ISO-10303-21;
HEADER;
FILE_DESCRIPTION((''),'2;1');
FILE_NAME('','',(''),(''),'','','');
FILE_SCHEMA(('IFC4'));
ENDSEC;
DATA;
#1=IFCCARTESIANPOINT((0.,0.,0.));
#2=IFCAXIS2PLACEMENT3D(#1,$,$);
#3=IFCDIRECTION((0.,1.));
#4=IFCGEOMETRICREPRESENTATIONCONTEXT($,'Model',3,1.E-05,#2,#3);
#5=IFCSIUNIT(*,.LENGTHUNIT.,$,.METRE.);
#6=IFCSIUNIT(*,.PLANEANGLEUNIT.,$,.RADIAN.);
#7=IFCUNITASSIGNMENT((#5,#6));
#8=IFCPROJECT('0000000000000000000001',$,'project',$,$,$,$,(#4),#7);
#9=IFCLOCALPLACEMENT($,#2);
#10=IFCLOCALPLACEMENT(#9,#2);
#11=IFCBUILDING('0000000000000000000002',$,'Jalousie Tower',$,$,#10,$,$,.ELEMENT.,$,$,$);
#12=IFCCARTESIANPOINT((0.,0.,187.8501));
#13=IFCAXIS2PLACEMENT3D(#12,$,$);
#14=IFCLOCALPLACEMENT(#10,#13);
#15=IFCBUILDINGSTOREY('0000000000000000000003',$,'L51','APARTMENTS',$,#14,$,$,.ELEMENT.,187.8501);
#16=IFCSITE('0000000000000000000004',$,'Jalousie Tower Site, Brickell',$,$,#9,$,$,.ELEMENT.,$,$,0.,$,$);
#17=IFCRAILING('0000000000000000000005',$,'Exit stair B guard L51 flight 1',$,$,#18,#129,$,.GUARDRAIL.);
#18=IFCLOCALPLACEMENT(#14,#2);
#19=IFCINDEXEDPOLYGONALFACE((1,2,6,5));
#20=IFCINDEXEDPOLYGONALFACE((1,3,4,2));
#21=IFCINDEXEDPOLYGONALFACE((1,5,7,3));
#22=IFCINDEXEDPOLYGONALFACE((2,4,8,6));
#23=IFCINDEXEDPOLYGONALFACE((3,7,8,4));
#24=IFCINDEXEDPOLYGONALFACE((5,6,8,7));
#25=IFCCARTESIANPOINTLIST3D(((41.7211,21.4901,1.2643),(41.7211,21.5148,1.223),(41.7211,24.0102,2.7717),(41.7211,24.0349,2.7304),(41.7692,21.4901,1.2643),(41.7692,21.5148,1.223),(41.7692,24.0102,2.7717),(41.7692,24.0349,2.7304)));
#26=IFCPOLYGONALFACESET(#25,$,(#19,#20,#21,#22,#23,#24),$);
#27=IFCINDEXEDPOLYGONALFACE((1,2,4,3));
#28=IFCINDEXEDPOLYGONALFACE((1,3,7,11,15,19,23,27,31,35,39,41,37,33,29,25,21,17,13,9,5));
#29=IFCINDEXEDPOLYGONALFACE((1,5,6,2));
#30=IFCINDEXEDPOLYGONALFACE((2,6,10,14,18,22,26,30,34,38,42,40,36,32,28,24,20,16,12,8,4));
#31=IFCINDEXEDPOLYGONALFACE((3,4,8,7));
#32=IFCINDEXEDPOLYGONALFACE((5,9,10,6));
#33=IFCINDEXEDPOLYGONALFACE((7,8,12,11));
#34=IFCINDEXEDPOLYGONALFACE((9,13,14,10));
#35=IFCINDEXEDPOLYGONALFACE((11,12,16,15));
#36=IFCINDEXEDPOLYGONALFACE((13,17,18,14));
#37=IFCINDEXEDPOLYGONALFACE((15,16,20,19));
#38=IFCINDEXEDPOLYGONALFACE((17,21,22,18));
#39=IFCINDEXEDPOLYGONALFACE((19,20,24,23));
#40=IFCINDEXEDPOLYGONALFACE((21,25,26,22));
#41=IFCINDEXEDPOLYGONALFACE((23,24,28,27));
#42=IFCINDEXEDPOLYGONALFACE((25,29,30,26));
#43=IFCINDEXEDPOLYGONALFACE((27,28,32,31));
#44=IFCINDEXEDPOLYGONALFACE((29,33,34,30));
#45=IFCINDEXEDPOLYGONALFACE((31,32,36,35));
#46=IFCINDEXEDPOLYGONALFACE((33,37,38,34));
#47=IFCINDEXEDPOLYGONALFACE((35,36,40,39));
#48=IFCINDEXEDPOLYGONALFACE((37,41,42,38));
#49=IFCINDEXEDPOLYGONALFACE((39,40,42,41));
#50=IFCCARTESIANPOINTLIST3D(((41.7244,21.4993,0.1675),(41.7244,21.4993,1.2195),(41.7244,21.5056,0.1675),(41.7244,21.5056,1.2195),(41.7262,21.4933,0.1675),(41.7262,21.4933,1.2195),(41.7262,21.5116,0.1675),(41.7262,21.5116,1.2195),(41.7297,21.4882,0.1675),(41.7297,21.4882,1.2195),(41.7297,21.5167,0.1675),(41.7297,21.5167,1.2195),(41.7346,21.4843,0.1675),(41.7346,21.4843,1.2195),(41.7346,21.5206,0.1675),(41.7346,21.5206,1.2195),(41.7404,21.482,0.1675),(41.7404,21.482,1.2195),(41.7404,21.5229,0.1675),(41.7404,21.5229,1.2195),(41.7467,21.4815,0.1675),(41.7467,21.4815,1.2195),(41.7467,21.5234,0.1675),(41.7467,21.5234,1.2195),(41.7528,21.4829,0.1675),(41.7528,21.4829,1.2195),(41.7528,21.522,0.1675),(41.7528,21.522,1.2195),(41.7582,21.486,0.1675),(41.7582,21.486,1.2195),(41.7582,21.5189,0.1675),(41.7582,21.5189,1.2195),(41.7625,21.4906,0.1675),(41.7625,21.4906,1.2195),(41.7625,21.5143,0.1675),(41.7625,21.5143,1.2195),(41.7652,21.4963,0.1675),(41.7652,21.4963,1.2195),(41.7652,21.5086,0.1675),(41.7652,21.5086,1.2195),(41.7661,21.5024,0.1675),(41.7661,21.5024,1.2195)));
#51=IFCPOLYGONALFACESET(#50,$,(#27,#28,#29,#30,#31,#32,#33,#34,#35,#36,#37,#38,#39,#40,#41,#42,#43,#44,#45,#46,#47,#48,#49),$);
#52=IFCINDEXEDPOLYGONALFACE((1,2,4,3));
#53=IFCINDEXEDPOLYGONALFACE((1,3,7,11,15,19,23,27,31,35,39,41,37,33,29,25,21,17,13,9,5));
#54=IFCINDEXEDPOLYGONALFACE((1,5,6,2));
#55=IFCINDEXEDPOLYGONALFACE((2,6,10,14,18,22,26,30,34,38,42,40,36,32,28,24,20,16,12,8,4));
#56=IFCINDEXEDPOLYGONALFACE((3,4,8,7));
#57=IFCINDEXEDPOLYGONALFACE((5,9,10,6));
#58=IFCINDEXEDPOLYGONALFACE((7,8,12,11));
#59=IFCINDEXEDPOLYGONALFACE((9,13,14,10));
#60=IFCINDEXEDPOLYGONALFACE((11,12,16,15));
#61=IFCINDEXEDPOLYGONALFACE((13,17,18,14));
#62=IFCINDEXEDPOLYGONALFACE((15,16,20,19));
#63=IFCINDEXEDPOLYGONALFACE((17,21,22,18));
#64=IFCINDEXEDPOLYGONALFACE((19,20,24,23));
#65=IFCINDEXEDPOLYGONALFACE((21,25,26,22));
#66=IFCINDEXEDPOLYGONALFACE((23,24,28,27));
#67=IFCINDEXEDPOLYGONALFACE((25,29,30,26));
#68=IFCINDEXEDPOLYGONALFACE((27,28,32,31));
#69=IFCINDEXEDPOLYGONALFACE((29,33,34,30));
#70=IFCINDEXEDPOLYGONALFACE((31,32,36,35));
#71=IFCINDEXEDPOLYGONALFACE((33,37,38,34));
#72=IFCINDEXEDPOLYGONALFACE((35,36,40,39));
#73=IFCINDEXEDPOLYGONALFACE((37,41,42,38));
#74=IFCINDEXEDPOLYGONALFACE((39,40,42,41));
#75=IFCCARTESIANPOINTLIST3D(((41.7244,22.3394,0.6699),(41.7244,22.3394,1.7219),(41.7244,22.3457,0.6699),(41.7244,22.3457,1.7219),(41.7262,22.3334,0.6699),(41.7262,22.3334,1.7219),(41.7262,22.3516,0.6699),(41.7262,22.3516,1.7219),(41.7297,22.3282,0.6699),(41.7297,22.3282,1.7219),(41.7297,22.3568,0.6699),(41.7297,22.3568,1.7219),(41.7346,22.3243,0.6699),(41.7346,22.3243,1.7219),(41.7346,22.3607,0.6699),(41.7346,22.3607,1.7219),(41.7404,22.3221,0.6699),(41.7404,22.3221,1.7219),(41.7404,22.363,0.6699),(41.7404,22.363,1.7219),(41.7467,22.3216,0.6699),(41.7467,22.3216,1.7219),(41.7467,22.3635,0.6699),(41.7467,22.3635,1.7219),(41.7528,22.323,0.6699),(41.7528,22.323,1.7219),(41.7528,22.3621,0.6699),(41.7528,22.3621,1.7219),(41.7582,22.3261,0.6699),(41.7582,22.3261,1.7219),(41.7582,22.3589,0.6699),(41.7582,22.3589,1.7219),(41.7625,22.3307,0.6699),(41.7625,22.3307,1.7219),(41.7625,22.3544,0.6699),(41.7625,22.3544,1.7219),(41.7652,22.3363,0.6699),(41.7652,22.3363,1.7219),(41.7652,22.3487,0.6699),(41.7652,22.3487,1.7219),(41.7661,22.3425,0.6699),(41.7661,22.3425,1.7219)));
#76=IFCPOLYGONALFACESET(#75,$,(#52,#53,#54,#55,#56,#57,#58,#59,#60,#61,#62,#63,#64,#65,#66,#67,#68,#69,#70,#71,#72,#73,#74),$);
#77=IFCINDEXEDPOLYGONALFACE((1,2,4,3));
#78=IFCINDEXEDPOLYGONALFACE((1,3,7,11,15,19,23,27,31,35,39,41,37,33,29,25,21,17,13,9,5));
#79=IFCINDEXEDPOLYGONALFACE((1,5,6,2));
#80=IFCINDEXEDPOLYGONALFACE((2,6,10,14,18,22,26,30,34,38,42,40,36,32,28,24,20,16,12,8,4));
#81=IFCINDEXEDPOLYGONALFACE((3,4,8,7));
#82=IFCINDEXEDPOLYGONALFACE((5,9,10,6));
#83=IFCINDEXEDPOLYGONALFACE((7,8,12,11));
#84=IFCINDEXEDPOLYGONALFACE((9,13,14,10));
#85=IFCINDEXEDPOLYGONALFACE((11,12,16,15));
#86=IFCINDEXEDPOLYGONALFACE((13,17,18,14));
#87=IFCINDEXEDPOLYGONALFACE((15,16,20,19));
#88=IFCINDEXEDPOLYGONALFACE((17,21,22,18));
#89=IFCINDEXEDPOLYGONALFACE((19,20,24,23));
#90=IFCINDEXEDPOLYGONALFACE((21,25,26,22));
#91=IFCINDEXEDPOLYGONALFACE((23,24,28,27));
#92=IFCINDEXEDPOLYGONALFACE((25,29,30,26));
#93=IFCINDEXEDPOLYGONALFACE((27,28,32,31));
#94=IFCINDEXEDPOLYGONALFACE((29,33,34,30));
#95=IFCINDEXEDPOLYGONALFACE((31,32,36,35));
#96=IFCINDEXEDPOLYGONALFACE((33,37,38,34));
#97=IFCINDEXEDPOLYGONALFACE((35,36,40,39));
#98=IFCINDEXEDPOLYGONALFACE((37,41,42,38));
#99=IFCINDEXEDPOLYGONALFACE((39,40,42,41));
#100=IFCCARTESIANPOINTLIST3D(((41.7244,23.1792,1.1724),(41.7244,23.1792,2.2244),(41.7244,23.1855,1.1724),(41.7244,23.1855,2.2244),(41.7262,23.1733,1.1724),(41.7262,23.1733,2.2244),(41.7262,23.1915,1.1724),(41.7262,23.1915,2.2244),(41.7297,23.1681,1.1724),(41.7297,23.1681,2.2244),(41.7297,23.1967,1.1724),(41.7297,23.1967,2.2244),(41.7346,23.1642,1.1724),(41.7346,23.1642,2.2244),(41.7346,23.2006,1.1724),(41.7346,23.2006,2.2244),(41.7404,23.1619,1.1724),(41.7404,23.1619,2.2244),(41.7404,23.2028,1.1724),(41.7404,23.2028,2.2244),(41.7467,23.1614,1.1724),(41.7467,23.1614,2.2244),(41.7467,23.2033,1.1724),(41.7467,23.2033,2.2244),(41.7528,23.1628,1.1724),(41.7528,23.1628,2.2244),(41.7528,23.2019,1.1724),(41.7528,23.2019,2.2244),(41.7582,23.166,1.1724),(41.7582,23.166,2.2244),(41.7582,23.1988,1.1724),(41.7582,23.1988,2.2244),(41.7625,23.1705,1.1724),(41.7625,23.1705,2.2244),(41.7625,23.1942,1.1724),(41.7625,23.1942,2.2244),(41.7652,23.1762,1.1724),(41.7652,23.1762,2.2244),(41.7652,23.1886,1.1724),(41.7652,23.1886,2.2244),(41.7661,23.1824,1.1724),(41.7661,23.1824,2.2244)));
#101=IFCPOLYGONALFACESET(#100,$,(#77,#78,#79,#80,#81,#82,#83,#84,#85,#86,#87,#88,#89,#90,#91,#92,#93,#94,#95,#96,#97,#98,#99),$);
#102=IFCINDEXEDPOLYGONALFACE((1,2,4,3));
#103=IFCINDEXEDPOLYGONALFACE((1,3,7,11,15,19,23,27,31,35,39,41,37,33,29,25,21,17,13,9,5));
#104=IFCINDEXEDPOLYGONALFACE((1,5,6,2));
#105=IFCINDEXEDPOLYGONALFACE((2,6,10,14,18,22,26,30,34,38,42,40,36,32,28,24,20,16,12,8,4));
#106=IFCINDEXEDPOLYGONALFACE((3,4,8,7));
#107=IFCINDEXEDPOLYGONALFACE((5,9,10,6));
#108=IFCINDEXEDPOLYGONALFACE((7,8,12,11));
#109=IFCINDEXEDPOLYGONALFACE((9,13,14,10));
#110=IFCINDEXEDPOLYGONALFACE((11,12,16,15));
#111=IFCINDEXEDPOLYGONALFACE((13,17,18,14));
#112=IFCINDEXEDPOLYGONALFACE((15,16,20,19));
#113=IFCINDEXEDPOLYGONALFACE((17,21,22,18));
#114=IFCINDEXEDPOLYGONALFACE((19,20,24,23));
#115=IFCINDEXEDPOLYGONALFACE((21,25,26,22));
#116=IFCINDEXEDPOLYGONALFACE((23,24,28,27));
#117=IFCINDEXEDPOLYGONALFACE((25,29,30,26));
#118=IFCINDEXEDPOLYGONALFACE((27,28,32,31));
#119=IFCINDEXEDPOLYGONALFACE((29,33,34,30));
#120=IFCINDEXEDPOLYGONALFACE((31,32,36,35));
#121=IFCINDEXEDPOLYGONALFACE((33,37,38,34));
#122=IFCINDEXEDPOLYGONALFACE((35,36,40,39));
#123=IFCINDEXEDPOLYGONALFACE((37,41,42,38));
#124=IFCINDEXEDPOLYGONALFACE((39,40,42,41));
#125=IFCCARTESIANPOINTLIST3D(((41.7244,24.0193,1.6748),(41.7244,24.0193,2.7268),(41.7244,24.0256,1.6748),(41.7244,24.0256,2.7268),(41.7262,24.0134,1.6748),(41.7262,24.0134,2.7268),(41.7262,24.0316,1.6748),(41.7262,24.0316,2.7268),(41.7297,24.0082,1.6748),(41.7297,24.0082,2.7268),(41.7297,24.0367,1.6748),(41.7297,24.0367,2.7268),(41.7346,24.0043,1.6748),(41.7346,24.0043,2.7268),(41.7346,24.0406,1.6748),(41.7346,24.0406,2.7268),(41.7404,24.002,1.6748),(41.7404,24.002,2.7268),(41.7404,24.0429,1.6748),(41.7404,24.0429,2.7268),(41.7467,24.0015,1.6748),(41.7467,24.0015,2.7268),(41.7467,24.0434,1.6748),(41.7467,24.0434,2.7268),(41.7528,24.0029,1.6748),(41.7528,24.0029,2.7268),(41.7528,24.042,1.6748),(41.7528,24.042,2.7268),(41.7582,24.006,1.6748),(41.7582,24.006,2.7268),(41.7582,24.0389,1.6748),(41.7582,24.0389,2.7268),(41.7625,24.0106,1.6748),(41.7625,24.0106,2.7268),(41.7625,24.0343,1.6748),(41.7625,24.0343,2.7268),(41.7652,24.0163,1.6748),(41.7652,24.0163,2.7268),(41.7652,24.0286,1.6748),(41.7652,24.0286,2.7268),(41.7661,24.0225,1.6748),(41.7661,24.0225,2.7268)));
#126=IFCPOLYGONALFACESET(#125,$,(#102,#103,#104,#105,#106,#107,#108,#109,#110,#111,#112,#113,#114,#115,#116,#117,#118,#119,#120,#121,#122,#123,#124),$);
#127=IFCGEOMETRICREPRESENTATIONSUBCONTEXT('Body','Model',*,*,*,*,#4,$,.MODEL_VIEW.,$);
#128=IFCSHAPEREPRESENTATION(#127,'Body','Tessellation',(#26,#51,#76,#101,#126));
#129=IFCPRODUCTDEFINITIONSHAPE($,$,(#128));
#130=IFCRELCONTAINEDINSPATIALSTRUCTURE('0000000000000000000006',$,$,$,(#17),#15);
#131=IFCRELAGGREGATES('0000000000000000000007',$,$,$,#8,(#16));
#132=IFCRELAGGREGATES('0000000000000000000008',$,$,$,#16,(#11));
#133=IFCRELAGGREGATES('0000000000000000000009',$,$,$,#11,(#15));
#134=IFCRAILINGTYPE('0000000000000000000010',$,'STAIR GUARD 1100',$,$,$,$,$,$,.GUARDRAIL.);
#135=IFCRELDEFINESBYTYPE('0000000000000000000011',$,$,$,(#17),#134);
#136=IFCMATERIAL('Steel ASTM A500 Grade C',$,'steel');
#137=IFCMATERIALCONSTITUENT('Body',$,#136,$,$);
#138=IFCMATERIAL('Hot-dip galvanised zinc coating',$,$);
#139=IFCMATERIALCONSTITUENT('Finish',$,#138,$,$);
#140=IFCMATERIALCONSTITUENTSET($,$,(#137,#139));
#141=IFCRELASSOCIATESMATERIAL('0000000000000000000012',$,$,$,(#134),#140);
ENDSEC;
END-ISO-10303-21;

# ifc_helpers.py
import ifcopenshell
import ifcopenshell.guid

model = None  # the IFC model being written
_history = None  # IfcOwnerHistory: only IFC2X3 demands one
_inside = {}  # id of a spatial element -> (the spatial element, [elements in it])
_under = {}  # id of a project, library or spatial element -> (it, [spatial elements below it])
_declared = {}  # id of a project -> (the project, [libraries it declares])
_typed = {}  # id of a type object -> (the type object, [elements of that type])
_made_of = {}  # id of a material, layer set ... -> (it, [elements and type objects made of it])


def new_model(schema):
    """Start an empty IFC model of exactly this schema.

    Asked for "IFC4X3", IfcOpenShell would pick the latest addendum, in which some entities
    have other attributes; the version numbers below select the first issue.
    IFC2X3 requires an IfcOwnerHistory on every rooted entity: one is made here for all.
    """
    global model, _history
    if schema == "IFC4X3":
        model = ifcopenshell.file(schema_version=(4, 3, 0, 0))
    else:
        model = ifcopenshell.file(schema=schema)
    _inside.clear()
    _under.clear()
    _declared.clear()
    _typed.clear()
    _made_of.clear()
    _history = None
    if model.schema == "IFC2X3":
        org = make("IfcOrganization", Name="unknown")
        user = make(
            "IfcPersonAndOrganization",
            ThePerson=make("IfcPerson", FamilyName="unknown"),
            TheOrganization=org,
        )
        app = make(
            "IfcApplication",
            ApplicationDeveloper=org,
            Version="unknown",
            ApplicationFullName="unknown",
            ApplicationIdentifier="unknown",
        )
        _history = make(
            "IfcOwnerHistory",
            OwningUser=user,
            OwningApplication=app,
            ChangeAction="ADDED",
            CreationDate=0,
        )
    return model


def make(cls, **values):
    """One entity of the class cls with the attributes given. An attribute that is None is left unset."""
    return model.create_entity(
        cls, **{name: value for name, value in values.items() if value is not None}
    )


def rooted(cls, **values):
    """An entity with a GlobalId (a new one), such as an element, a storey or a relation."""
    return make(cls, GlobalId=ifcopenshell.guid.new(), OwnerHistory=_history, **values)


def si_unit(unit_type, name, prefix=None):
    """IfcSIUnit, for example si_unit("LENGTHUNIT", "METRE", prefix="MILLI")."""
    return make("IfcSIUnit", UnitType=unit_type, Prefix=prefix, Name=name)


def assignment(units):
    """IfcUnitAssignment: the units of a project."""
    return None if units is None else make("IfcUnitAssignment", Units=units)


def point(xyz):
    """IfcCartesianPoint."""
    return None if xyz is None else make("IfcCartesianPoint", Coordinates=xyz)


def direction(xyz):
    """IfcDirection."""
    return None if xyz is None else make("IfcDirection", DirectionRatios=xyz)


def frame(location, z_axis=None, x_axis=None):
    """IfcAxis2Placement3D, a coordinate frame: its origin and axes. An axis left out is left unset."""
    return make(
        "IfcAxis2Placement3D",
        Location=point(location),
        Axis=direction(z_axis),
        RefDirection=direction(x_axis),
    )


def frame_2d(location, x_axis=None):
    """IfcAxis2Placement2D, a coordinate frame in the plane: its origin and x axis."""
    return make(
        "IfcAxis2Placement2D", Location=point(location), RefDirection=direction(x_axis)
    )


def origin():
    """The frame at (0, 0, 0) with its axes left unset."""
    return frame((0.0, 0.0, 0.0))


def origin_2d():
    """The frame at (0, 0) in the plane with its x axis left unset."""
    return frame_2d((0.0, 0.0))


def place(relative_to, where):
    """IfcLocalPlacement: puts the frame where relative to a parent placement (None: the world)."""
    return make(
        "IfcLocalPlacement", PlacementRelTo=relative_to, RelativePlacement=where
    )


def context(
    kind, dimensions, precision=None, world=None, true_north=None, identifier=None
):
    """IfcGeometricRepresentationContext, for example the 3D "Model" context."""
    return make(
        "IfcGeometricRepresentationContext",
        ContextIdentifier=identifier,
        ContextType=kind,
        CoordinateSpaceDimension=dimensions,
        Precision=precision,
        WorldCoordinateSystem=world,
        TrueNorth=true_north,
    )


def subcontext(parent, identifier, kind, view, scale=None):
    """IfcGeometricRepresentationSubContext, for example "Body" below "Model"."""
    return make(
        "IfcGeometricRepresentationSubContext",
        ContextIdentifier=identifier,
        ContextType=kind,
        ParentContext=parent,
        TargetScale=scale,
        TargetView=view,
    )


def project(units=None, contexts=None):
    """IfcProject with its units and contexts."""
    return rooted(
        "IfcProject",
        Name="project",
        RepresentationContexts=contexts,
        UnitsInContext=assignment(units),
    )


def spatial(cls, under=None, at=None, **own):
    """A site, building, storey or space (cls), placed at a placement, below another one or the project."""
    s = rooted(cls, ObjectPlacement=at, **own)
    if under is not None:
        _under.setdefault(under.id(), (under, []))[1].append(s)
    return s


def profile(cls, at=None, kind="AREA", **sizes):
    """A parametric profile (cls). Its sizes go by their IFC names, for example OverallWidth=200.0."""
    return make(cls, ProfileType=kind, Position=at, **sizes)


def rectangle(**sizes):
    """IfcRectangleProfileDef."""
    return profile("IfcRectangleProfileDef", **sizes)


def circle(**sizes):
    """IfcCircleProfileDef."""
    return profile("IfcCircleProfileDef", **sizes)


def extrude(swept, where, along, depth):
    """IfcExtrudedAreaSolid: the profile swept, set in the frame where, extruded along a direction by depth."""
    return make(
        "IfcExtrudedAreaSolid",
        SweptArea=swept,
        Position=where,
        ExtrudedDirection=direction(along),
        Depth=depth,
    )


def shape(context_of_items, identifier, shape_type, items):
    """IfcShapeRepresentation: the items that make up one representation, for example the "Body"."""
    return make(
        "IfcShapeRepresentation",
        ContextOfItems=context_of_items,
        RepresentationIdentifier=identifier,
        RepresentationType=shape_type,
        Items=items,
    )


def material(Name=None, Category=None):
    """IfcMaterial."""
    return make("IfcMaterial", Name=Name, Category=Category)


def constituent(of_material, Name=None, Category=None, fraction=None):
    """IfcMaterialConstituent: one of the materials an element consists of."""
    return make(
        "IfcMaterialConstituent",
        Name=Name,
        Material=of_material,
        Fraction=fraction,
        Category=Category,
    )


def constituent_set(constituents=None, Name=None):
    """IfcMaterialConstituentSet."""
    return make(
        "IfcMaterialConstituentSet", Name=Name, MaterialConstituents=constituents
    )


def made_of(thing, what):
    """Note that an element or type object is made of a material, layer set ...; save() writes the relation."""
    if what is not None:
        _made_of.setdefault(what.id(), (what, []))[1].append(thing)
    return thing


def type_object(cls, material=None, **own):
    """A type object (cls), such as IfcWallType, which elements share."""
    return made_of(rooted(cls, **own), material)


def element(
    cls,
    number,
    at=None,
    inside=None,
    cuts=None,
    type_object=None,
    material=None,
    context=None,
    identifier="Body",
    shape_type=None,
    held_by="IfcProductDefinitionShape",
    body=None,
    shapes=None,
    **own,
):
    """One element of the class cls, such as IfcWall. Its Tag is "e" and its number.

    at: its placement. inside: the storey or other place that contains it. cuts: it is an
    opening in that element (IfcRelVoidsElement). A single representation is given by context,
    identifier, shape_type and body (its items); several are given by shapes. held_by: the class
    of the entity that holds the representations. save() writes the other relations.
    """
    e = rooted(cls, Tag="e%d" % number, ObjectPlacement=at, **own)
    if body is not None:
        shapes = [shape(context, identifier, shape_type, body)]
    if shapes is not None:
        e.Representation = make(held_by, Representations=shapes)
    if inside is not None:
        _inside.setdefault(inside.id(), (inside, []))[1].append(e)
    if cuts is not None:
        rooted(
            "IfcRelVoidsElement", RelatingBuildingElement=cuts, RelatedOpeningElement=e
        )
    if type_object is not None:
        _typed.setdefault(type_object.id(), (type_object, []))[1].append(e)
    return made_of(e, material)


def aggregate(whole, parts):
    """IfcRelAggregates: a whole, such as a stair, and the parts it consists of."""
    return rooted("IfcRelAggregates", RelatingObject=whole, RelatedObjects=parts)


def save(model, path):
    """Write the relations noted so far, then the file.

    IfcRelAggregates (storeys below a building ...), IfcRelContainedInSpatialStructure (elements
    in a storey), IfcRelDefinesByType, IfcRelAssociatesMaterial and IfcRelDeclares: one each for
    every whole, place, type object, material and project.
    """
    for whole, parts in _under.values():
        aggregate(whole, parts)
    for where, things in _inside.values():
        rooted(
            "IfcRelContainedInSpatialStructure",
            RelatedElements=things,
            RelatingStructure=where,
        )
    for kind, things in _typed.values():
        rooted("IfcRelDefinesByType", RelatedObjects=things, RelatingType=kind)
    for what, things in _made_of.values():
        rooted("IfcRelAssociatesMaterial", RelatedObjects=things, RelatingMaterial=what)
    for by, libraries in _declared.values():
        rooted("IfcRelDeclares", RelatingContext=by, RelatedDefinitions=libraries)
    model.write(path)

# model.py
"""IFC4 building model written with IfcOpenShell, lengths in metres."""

from ifc_helpers import new_model, si_unit, direction, frame, origin, origin_2d, place, context, subcontext, project, spatial, rectangle, circle, extrude, material, constituent, constituent_set, type_object, element, save


model = new_model("IFC4")

# Units and contexts
model_context = context("Model", 3, precision=1e-05, world=origin(), true_north=direction((0.0, 1.0)))
body_context = subcontext(model_context, "Body", "Model", "MODEL_VIEW")
ifc_project = project(units=[si_unit("LENGTHUNIT", "METRE"), si_unit("PLANEANGLEUNIT", "RADIAN")], contexts=[model_context])

# Site, building, storey
site_placement = place(None, origin())
site = spatial("IfcSite", under=ifc_project, at=site_placement, Name="Jalousie Tower Site, Brickell", CompositionType="ELEMENT", RefElevation=0.0)
building_placement = place(site_placement, origin())
building = spatial("IfcBuilding", under=site, at=building_placement, Name="Jalousie Tower", CompositionType="ELEMENT")
storey_placement = place(building_placement, frame((0.0, 0.0, 187.8501)))
storey = spatial("IfcBuildingStorey", under=building, at=storey_placement, Name="L51", Description="APARTMENTS", CompositionType="ELEMENT", Elevation=187.8501)

# Railing
ifc_material_1 = material(Name="Steel ASTM A500 Grade C", Category="steel")
ifc_constituent_1 = constituent(ifc_material_1, Name="Body")
ifc_material_2 = material(Name="Hot-dip galvanised zinc coating")
ifc_constituent_2 = constituent(ifc_material_2, Name="Finish")
ifc_constituent_set_1 = constituent_set(constituents=[ifc_constituent_1, ifc_constituent_2])
railing_type_1 = type_object("IfcRailingType", Name="STAIR GUARD 1100", PredefinedType="GUARDRAIL", material=ifc_constituent_set_1)
railing_1_placement = place(storey_placement, frame((41.7451, 21.5024, 0.1675)))
element("IfcRailing", 1, at=railing_1_placement, inside=storey, type_object=railing_type_1, Name="Exit stair B guard L51 flight 1", PredefinedType="GUARDRAIL", context=body_context, shape_type="SweptSolid", body=[
    extrude(rectangle(XDim=0.0481, YDim=0.0481, at=origin_2d()), frame((0.0, 0.0, 1.0762), z_axis=(0.0, 0.858196, 0.513321), x_axis=(-1.0, 0.0, 0.0)), (0.0, 0.0, 1.0), 2.9365),
    extrude(circle(Radius=0.021, at=origin_2d()), origin(), (0.0, 0.0, 1.0), 1.052),
    extrude(circle(Radius=0.021, at=origin_2d()), frame((0.0, 0.8401, 0.5024)), (0.0, 0.0, 1.0), 1.052),
    extrude(circle(Radius=0.021, at=origin_2d()), frame((0.0, 1.6799, 1.0049)), (0.0, 0.0, 1.0), 1.052),
    extrude(circle(Radius=0.021, at=origin_2d()), frame((0.0, 2.52, 1.5073)), (0.0, 0.0, 1.0), 1.052),
])

save(model, "model.ifc")
